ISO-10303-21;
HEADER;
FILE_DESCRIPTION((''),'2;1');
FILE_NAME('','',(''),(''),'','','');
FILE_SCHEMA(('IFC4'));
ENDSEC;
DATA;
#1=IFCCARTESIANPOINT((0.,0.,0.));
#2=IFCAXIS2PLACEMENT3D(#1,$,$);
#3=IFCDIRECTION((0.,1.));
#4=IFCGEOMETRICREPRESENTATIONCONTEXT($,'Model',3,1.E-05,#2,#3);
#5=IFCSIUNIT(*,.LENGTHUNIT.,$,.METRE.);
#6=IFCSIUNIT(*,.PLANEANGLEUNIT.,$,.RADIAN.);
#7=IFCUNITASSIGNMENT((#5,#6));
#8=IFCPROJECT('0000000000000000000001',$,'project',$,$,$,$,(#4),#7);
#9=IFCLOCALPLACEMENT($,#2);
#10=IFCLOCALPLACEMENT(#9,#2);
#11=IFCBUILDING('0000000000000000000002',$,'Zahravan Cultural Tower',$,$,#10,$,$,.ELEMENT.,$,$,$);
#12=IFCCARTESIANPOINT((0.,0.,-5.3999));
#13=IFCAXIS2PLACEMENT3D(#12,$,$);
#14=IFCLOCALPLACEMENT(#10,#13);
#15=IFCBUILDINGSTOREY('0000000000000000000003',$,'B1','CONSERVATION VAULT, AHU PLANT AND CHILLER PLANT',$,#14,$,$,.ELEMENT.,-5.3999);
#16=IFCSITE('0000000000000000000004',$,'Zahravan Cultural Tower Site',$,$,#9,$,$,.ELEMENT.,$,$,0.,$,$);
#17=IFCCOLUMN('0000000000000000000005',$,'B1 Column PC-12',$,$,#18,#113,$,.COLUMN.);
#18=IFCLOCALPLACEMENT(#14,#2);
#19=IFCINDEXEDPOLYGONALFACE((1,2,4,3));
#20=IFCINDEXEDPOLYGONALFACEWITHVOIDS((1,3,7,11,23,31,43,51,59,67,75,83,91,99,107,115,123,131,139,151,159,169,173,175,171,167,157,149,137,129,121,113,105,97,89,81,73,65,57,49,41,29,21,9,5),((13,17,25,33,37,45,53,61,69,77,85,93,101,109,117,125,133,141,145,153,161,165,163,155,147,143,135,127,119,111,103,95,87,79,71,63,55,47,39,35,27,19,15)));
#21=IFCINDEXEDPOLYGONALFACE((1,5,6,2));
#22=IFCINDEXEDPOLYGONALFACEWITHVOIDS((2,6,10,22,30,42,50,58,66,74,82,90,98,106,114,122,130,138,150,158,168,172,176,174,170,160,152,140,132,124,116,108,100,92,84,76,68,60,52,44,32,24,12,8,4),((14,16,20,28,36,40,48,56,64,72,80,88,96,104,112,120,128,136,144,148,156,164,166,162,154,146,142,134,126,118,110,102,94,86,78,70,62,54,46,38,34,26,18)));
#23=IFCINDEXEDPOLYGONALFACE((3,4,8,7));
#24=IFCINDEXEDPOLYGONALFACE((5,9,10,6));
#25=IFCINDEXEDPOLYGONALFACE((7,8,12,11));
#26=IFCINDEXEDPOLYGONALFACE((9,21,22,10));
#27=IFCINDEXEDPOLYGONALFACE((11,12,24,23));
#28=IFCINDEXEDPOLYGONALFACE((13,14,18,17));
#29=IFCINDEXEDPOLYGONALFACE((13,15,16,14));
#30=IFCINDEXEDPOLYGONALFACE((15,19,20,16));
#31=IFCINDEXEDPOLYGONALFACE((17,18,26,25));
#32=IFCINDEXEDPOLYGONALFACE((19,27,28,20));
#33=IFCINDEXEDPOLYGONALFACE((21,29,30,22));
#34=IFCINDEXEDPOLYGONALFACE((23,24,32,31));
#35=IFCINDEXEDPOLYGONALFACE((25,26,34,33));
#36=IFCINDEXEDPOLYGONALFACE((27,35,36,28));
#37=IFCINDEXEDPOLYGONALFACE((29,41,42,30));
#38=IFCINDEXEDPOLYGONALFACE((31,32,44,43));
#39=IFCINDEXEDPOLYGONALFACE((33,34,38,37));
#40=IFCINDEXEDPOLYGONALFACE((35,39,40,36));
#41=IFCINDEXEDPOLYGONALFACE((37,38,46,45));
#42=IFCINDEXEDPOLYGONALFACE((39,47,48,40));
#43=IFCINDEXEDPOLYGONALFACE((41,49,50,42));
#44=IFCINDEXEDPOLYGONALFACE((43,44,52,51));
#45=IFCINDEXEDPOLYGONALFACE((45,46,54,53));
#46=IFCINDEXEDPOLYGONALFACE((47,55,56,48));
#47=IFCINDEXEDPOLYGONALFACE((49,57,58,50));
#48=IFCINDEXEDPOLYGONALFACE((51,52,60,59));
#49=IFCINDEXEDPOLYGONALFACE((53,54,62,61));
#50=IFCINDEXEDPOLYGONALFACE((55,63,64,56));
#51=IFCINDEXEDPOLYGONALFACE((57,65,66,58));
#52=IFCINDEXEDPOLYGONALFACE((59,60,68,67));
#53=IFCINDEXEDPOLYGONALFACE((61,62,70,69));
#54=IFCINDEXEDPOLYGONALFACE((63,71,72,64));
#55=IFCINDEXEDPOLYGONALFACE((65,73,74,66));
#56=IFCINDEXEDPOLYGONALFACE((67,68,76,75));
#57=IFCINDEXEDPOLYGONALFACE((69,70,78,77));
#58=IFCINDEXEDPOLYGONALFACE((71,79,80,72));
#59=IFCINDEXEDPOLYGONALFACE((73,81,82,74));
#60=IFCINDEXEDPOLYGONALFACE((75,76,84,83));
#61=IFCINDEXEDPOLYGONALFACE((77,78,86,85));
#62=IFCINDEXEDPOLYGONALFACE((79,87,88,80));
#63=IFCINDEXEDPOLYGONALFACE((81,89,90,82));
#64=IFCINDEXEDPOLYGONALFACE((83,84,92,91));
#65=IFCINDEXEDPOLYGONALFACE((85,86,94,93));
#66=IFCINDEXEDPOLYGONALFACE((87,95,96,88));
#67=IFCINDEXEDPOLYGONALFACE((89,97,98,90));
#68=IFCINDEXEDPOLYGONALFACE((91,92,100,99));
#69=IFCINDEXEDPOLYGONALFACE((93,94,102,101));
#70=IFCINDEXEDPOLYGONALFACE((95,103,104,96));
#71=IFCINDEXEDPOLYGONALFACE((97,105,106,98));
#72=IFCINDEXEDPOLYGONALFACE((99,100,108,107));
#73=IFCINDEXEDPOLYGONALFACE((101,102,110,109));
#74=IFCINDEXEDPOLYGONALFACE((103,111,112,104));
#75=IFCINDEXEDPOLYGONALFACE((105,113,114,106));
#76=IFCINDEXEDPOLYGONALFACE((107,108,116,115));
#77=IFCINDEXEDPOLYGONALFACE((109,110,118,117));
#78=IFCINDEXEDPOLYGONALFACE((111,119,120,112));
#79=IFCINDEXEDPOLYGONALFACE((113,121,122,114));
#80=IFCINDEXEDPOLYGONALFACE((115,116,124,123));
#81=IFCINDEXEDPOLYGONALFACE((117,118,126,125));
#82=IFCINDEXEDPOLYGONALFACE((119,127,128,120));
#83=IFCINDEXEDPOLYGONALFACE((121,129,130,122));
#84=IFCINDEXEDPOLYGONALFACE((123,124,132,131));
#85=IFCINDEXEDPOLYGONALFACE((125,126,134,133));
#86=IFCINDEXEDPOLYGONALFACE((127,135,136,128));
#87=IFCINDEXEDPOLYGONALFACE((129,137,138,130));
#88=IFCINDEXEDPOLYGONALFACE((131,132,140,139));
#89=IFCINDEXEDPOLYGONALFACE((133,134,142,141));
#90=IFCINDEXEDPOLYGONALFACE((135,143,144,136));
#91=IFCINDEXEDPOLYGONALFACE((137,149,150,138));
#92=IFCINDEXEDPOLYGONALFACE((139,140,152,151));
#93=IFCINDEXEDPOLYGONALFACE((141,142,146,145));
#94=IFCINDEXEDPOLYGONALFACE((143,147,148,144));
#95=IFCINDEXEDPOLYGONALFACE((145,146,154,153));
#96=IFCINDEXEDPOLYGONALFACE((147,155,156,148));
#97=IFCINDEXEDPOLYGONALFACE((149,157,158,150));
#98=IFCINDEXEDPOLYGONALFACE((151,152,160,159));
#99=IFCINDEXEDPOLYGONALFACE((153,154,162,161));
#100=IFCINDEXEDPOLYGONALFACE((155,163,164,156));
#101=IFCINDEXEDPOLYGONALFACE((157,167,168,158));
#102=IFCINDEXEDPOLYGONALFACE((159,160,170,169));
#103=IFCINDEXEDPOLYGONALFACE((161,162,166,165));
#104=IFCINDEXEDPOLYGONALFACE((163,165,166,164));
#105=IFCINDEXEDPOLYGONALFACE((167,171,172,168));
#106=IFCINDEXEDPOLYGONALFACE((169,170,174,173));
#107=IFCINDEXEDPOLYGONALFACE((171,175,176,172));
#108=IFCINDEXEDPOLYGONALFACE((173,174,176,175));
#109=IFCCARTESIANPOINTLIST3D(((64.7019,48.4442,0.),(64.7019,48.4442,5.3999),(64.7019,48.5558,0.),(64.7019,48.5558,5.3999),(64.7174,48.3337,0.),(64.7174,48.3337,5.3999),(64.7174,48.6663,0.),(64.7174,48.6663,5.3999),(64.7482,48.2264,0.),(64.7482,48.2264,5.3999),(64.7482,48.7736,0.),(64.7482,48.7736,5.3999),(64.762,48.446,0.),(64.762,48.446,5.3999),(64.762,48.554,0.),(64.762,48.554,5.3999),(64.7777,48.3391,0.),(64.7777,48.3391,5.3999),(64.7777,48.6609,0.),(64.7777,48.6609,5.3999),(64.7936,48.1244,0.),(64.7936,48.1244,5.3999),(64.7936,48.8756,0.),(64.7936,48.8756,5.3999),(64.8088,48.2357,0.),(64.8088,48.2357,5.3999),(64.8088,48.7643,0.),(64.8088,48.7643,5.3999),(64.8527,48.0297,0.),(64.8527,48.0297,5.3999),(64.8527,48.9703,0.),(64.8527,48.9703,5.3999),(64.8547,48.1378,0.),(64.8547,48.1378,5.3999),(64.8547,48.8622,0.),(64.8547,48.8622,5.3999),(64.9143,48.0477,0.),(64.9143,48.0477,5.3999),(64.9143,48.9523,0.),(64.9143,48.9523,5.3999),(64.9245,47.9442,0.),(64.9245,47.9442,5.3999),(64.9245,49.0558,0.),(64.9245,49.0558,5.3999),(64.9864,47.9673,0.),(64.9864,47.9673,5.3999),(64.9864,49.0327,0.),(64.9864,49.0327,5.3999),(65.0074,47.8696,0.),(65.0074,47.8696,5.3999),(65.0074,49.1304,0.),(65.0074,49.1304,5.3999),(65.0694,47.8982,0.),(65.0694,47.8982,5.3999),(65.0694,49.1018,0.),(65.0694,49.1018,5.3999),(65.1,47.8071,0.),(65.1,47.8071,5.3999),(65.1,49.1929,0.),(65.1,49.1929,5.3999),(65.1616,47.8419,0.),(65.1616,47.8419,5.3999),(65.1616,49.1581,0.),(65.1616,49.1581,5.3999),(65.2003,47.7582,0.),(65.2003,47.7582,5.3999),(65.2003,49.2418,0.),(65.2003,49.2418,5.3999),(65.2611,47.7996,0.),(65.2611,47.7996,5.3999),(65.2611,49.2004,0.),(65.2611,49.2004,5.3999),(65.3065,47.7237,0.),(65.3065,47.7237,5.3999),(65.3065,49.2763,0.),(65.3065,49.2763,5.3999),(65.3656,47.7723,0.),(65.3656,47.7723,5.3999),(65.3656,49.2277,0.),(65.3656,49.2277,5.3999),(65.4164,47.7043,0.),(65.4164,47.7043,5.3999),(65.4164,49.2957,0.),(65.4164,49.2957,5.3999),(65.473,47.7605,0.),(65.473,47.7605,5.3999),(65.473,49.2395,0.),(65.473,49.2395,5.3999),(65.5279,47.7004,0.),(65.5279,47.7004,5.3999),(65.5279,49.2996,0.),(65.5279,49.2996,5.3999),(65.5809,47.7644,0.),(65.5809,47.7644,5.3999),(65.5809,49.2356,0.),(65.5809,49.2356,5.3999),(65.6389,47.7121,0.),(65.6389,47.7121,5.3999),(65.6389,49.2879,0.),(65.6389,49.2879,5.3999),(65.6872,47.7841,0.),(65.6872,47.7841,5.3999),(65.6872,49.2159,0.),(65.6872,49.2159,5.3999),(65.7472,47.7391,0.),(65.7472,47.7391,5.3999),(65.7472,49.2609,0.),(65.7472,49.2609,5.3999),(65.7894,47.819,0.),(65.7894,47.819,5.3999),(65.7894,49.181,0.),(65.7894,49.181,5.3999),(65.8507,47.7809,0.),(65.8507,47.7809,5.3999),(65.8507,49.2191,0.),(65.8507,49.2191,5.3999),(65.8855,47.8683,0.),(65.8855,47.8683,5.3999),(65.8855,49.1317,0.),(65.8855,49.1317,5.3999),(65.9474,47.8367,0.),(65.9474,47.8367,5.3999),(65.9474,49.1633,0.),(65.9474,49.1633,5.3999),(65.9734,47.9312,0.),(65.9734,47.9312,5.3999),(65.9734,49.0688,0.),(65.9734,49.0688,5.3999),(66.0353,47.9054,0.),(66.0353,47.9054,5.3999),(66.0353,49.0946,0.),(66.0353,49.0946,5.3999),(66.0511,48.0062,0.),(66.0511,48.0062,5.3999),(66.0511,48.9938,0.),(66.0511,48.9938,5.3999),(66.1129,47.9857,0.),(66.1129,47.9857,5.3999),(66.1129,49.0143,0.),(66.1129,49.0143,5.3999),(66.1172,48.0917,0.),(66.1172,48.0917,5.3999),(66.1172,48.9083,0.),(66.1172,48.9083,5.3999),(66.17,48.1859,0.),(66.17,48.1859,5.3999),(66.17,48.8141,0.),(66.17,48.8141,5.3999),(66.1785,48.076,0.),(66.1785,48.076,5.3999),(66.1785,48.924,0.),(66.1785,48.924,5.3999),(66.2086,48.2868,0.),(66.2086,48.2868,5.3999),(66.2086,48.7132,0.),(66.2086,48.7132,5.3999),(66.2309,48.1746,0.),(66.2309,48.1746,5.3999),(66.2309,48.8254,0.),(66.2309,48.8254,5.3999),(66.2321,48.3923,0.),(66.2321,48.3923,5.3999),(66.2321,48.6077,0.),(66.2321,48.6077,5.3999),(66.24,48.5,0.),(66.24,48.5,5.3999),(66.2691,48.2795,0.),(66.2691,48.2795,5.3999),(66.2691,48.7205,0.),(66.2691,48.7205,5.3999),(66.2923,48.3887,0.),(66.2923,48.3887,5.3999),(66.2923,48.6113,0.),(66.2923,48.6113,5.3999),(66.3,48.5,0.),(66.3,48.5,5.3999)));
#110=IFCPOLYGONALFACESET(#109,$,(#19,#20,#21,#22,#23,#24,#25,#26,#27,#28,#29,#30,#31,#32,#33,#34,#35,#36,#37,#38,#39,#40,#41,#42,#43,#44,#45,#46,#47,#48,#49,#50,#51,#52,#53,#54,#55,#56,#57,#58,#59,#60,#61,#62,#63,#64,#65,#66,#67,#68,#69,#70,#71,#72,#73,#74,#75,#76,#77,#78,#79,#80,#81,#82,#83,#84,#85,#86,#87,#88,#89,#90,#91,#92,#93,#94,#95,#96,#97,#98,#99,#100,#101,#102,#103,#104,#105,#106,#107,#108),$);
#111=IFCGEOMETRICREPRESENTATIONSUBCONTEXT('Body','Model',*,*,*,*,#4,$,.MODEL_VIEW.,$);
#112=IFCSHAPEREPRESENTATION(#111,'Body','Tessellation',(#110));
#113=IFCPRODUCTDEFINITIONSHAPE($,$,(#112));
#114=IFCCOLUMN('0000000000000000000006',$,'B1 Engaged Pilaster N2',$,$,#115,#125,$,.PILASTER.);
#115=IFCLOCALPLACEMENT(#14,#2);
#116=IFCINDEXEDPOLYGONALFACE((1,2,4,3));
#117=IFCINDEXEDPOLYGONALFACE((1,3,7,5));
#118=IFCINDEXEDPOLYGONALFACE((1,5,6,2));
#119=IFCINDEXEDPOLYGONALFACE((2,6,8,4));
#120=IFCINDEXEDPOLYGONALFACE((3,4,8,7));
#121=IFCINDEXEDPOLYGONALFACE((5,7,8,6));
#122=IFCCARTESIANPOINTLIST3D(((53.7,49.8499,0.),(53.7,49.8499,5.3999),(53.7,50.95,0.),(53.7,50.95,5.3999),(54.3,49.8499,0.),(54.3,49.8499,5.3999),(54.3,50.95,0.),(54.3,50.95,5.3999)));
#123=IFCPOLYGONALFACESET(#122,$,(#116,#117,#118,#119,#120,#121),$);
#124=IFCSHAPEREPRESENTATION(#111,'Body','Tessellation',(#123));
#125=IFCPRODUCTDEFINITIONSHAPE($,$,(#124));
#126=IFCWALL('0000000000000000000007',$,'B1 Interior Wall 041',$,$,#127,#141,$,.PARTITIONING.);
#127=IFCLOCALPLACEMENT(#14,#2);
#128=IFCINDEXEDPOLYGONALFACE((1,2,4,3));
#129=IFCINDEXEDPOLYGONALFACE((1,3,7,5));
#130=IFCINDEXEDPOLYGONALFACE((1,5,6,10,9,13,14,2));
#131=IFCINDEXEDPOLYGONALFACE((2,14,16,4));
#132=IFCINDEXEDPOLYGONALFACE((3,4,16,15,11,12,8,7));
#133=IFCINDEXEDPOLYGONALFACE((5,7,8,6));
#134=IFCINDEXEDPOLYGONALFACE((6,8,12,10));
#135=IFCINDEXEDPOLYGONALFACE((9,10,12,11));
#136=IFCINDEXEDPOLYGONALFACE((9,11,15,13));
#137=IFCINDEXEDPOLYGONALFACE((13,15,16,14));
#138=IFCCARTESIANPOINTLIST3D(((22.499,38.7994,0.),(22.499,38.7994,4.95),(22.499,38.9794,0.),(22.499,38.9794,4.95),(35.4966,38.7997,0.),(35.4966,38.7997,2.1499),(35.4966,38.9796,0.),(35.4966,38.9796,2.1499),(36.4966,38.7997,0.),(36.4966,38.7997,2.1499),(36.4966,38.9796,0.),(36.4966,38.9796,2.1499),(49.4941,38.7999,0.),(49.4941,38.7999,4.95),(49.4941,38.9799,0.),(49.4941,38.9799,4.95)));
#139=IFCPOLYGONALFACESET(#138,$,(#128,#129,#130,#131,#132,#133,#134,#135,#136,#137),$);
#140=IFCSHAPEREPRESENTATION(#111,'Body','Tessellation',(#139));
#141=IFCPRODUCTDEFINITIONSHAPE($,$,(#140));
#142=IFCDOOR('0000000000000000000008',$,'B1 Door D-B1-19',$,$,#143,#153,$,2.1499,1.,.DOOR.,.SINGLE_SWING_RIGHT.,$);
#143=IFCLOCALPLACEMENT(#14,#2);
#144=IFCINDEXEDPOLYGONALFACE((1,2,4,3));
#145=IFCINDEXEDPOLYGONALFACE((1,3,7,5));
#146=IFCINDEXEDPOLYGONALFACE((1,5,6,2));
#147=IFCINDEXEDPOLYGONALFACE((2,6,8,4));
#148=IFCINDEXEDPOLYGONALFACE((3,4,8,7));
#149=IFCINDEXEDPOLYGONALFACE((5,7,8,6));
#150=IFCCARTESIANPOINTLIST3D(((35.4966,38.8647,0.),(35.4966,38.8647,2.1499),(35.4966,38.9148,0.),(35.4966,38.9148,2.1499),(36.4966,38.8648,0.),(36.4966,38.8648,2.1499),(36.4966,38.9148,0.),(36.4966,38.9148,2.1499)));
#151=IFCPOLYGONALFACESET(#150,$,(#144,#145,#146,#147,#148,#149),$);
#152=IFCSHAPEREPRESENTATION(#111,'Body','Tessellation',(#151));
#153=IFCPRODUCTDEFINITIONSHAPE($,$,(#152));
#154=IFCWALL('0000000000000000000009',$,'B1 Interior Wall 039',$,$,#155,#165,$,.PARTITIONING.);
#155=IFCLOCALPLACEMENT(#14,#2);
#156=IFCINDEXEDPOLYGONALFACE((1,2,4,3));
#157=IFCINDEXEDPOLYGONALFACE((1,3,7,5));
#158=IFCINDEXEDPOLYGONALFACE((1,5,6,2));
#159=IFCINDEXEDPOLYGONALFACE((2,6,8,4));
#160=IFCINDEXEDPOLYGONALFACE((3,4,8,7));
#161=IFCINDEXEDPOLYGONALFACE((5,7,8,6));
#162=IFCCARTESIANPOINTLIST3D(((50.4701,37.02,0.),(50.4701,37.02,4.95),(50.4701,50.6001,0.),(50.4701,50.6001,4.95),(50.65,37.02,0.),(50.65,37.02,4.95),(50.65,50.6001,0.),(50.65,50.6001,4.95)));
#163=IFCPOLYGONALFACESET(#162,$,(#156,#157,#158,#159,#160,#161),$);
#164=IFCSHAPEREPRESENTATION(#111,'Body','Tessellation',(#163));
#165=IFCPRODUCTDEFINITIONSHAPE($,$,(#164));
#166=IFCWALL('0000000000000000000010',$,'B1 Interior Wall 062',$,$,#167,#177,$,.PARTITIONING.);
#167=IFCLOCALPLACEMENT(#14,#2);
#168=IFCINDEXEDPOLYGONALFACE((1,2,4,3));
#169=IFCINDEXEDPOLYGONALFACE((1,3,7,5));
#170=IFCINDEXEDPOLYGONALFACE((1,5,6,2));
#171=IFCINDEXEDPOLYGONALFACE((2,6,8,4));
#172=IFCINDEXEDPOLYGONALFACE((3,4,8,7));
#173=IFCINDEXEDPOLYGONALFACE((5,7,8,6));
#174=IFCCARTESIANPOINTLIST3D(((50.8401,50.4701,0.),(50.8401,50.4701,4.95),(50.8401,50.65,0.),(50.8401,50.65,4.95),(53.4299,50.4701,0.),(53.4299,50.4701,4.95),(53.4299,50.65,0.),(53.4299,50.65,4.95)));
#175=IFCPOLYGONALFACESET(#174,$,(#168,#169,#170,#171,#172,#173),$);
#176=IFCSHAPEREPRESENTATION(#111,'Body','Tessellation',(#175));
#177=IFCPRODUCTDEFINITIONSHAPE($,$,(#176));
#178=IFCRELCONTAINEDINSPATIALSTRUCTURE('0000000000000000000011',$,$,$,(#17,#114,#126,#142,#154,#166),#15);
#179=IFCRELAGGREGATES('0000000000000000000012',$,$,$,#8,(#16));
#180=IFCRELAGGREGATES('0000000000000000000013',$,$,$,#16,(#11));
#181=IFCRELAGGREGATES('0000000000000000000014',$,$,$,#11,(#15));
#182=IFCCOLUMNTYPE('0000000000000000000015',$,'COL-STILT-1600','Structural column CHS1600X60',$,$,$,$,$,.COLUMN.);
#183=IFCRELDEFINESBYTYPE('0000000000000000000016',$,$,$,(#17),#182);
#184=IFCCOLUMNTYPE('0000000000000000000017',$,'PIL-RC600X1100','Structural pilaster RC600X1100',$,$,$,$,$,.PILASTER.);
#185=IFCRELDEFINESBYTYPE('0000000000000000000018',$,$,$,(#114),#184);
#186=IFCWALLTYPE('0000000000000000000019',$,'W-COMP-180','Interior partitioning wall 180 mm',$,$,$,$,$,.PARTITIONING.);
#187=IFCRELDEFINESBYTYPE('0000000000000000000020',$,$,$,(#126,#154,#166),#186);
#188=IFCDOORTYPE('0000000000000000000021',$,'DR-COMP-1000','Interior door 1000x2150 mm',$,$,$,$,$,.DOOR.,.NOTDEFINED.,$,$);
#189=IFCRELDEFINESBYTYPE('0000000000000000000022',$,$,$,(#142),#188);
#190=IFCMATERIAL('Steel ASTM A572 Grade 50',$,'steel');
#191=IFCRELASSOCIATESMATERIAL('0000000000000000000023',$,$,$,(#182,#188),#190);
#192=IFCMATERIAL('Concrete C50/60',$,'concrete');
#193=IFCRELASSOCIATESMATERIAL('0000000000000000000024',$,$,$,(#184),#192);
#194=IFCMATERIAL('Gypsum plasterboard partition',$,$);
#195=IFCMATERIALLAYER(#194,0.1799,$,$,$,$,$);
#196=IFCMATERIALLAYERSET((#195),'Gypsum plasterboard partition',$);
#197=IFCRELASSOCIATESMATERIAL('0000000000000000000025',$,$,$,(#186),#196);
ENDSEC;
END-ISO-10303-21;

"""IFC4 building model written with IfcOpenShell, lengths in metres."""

from ifc_helpers import new_model, si_unit, direction, frame, frame_2d, origin, origin_2d, place, context, subcontext, project, spatial, rectangle, hollow_circle, extrude, source, transform, mapped, material, layer, layer_set, material_profile, profile_set, type_object, element, fill, save


model = new_model("IFC4")

# Units and contexts
model_context = context("Model", 3, precision=1e-05, world=origin(), true_north=direction((0.0, 1.0)))
body_context = subcontext(model_context, "Body", "Model", "MODEL_VIEW")
ifc_project = project(units=[si_unit("LENGTHUNIT", "METRE"), si_unit("PLANEANGLEUNIT", "RADIAN")], contexts=[model_context])

# Site, building, storey
site_placement = place(None, origin())
site = spatial("IfcSite", under=ifc_project, at=site_placement, Name="Zahravan Cultural Tower Site", CompositionType="ELEMENT", RefElevation=0.0)
building_placement = place(site_placement, origin())
building = spatial("IfcBuilding", under=site, at=building_placement, Name="Zahravan Cultural Tower", CompositionType="ELEMENT")
storey_placement = place(building_placement, frame((0.0, 0.0, -5.3999)))
storey = spatial("IfcBuildingStorey", under=building, at=storey_placement, Name="B1", Description="CONSERVATION VAULT, AHU PLANT AND CHILLER PLANT", CompositionType="ELEMENT", Elevation=-5.3999)

# Shared definitions
ifc_material_1 = material(Name="Concrete C50/60", Category="concrete")

# Columns
ifc_material_2 = material(Name="Steel ASTM A572 Grade 50", Category="steel")
ifc_material_profile_1 = material_profile(ifc_material_2, hollow_circle(Radius=0.8, WallThickness=0.0601, at=origin_2d()), Name="CHS1600X60")
ifc_profile_set_1 = profile_set([ifc_material_profile_1], Name="Steel ASTM A572 Grade 50")
column_type_1 = type_object("IfcColumnType", Name="COL-STILT-1600", Description="Structural column CHS1600X60", PredefinedType="COLUMN", material=ifc_profile_set_1)
shared_shape_1 = source(origin(), body_context, "Body", "SweptSolid", [
    extrude(hollow_circle(Radius=0.8, WallThickness=0.0601, at=origin_2d()), origin(), (0.0, 0.0, 1.0), 5.3999),
])
column_1_placement = place(storey_placement, frame((65.5, 48.5, 0.0), z_axis=(0.0, 0.0, 1.0), x_axis=(1.0, 0.0, 0.0)))
element("IfcColumn", 1, at=column_1_placement, inside=storey, type_object=column_type_1, Name="B1 Column PC-12", PredefinedType="COLUMN", context=body_context, shape_type="MappedRepresentation", body=[
    mapped(shared_shape_1, transform((0.0, 0.0, 0.0), x_axis=(1.0, 0.0, 0.0), y_axis=(0.0, 1.0, 0.0), z_axis=(0.0, 0.0, 1.0), scale=1.0)),
])
ifc_material_profile_2 = material_profile(ifc_material_1, rectangle(XDim=0.6001, YDim=1.1001, at=origin_2d()), Name="RC600X1100")
ifc_profile_set_2 = profile_set([ifc_material_profile_2], Name="Concrete C50/60")
column_type_2 = type_object("IfcColumnType", Name="PIL-RC600X1100", Description="Structural pilaster RC600X1100", PredefinedType="PILASTER", material=ifc_profile_set_2)
shared_shape_2 = source(origin(), body_context, "Body", "SweptSolid", [
    extrude(rectangle(XDim=0.6001, YDim=1.1001, at=origin_2d()), origin(), (0.0, 0.0, 1.0), 5.3999),
])
column_2_placement = place(storey_placement, frame((54.0, 50.3999, 0.0), z_axis=(0.0, 0.0, 1.0), x_axis=(1.0, 0.0, 0.0)))
element("IfcColumn", 2, at=column_2_placement, inside=storey, type_object=column_type_2, Name="B1 Engaged Pilaster N2", PredefinedType="PILASTER", context=body_context, shape_type="MappedRepresentation", body=[
    mapped(shared_shape_2, transform((0.0, 0.0, 0.0), x_axis=(1.0, 0.0, 0.0), y_axis=(0.0, 1.0, 0.0), z_axis=(0.0, 0.0, 1.0), scale=1.0)),
])

# Wall, opening, door
ifc_material_3 = material(Name="Gypsum plasterboard partition")
ifc_layer_1 = layer(ifc_material_3, 0.1799)
ifc_layer_set_1 = layer_set([ifc_layer_1], Name="Gypsum plasterboard partition")
wall_type = type_object("IfcWallType", Name="W-COMP-180", Description="Interior partitioning wall 180 mm", PredefinedType="PARTITIONING", material=ifc_layer_set_1)
wall_1_placement = place(storey_placement, frame((49.4941, 38.8899, 0.0), z_axis=(0.0, 0.0, 1.0), x_axis=(-1.0, -0.000018, 0.0)))
wall_1 = element("IfcWall", 3, at=wall_1_placement, inside=storey, type_object=wall_type, Name="B1 Interior Wall 041", PredefinedType="PARTITIONING", context=body_context, shape_type="SweptSolid", body=[
    extrude(rectangle(XDim=26.9951, YDim=0.1799, at=frame_2d((13.4976, 0.0))), origin(), (0.0, 0.0, 1.0), 4.95),
])
opening_placement = place(wall_1_placement, frame((12.9976, 0.0, 0.0)))
opening = element("IfcOpeningElement", 4, at=opening_placement, cuts=wall_1, PredefinedType="OPENING", context=body_context, shape_type="SweptSolid", body=[
    extrude(rectangle(XDim=1.0, YDim=2.1499, at=frame_2d((0.5, 1.075))), frame((0.0, 0.0999, 0.0), z_axis=(0.0, -1.0, 0.0), x_axis=(1.0, 0.0, 0.0)), (0.0, 0.0, 1.0), 0.2),
])
door_type = type_object("IfcDoorType", Name="DR-COMP-1000", Description="Interior door 1000x2150 mm", OperationType="NOTDEFINED", PredefinedType="DOOR", material=ifc_material_2)
shared_shape_3 = source(origin(), body_context, "Body", "SweptSolid", [
    extrude(rectangle(XDim=1.0, YDim=2.1499, at=frame_2d((0.5, 1.075))), frame((0.0, 0.0249, 0.0), z_axis=(0.0, -1.0, 0.0), x_axis=(1.0, 0.0, 0.0)), (0.0, 0.0, 1.0), 0.05),
])
door_placement = place(opening_placement, origin())
door = element("IfcDoor", 5, at=door_placement, inside=storey, type_object=door_type, Name="B1 Door D-B1-19", OperationType="SINGLE_SWING_RIGHT", OverallHeight=2.1499, OverallWidth=1.0, PredefinedType="DOOR", context=body_context, shape_type="MappedRepresentation", body=[
    mapped(shared_shape_3, transform((0.0, 0.0, 0.0), x_axis=(1.0, 0.0, 0.0), y_axis=(0.0, 1.0, 0.0), z_axis=(0.0, 0.0, 1.0), scale=1.0)),
])
fill(opening, door)

# Walls
shared_shape_4 = source(origin(), body_context, "Body", "SweptSolid", [
    extrude(rectangle(XDim=13.5801, YDim=0.1799, at=frame_2d((6.79, 0.0))), origin(), (0.0, 0.0, 1.0), 4.95),
])
wall_2_placement = place(storey_placement, frame((50.5601, 50.6001, 0.0), z_axis=(0.0, 0.0, 1.0), x_axis=(0.0, -1.0, 0.0)))
element("IfcWall", 6, at=wall_2_placement, inside=storey, type_object=wall_type, Name="B1 Interior Wall 039", PredefinedType="PARTITIONING", context=body_context, shape_type="MappedRepresentation", body=[
    mapped(shared_shape_4, transform((0.0, 0.0, 0.0), x_axis=(1.0, 0.0, 0.0), y_axis=(0.0, 1.0, 0.0), z_axis=(0.0, 0.0, 1.0), scale=1.0)),
])
shared_shape_5 = source(origin(), body_context, "Body", "SweptSolid", [
    extrude(rectangle(XDim=2.5898, YDim=0.1799, at=frame_2d((1.2949, 0.0))), origin(), (0.0, 0.0, 1.0), 4.95),
])
wall_3_placement = place(storey_placement, frame((50.8401, 50.5601, 0.0), z_axis=(0.0, 0.0, 1.0), x_axis=(1.0, 0.0, 0.0)))
element("IfcWall", 7, at=wall_3_placement, inside=storey, type_object=wall_type, Name="B1 Interior Wall 062", PredefinedType="PARTITIONING", context=body_context, shape_type="MappedRepresentation", body=[
    mapped(shared_shape_5, transform((0.0, 0.0, 0.0), x_axis=(1.0, 0.0, 0.0), y_axis=(0.0, 1.0, 0.0), z_axis=(0.0, 0.0, 1.0), scale=1.0)),
])

save(model, "model.ifc")
